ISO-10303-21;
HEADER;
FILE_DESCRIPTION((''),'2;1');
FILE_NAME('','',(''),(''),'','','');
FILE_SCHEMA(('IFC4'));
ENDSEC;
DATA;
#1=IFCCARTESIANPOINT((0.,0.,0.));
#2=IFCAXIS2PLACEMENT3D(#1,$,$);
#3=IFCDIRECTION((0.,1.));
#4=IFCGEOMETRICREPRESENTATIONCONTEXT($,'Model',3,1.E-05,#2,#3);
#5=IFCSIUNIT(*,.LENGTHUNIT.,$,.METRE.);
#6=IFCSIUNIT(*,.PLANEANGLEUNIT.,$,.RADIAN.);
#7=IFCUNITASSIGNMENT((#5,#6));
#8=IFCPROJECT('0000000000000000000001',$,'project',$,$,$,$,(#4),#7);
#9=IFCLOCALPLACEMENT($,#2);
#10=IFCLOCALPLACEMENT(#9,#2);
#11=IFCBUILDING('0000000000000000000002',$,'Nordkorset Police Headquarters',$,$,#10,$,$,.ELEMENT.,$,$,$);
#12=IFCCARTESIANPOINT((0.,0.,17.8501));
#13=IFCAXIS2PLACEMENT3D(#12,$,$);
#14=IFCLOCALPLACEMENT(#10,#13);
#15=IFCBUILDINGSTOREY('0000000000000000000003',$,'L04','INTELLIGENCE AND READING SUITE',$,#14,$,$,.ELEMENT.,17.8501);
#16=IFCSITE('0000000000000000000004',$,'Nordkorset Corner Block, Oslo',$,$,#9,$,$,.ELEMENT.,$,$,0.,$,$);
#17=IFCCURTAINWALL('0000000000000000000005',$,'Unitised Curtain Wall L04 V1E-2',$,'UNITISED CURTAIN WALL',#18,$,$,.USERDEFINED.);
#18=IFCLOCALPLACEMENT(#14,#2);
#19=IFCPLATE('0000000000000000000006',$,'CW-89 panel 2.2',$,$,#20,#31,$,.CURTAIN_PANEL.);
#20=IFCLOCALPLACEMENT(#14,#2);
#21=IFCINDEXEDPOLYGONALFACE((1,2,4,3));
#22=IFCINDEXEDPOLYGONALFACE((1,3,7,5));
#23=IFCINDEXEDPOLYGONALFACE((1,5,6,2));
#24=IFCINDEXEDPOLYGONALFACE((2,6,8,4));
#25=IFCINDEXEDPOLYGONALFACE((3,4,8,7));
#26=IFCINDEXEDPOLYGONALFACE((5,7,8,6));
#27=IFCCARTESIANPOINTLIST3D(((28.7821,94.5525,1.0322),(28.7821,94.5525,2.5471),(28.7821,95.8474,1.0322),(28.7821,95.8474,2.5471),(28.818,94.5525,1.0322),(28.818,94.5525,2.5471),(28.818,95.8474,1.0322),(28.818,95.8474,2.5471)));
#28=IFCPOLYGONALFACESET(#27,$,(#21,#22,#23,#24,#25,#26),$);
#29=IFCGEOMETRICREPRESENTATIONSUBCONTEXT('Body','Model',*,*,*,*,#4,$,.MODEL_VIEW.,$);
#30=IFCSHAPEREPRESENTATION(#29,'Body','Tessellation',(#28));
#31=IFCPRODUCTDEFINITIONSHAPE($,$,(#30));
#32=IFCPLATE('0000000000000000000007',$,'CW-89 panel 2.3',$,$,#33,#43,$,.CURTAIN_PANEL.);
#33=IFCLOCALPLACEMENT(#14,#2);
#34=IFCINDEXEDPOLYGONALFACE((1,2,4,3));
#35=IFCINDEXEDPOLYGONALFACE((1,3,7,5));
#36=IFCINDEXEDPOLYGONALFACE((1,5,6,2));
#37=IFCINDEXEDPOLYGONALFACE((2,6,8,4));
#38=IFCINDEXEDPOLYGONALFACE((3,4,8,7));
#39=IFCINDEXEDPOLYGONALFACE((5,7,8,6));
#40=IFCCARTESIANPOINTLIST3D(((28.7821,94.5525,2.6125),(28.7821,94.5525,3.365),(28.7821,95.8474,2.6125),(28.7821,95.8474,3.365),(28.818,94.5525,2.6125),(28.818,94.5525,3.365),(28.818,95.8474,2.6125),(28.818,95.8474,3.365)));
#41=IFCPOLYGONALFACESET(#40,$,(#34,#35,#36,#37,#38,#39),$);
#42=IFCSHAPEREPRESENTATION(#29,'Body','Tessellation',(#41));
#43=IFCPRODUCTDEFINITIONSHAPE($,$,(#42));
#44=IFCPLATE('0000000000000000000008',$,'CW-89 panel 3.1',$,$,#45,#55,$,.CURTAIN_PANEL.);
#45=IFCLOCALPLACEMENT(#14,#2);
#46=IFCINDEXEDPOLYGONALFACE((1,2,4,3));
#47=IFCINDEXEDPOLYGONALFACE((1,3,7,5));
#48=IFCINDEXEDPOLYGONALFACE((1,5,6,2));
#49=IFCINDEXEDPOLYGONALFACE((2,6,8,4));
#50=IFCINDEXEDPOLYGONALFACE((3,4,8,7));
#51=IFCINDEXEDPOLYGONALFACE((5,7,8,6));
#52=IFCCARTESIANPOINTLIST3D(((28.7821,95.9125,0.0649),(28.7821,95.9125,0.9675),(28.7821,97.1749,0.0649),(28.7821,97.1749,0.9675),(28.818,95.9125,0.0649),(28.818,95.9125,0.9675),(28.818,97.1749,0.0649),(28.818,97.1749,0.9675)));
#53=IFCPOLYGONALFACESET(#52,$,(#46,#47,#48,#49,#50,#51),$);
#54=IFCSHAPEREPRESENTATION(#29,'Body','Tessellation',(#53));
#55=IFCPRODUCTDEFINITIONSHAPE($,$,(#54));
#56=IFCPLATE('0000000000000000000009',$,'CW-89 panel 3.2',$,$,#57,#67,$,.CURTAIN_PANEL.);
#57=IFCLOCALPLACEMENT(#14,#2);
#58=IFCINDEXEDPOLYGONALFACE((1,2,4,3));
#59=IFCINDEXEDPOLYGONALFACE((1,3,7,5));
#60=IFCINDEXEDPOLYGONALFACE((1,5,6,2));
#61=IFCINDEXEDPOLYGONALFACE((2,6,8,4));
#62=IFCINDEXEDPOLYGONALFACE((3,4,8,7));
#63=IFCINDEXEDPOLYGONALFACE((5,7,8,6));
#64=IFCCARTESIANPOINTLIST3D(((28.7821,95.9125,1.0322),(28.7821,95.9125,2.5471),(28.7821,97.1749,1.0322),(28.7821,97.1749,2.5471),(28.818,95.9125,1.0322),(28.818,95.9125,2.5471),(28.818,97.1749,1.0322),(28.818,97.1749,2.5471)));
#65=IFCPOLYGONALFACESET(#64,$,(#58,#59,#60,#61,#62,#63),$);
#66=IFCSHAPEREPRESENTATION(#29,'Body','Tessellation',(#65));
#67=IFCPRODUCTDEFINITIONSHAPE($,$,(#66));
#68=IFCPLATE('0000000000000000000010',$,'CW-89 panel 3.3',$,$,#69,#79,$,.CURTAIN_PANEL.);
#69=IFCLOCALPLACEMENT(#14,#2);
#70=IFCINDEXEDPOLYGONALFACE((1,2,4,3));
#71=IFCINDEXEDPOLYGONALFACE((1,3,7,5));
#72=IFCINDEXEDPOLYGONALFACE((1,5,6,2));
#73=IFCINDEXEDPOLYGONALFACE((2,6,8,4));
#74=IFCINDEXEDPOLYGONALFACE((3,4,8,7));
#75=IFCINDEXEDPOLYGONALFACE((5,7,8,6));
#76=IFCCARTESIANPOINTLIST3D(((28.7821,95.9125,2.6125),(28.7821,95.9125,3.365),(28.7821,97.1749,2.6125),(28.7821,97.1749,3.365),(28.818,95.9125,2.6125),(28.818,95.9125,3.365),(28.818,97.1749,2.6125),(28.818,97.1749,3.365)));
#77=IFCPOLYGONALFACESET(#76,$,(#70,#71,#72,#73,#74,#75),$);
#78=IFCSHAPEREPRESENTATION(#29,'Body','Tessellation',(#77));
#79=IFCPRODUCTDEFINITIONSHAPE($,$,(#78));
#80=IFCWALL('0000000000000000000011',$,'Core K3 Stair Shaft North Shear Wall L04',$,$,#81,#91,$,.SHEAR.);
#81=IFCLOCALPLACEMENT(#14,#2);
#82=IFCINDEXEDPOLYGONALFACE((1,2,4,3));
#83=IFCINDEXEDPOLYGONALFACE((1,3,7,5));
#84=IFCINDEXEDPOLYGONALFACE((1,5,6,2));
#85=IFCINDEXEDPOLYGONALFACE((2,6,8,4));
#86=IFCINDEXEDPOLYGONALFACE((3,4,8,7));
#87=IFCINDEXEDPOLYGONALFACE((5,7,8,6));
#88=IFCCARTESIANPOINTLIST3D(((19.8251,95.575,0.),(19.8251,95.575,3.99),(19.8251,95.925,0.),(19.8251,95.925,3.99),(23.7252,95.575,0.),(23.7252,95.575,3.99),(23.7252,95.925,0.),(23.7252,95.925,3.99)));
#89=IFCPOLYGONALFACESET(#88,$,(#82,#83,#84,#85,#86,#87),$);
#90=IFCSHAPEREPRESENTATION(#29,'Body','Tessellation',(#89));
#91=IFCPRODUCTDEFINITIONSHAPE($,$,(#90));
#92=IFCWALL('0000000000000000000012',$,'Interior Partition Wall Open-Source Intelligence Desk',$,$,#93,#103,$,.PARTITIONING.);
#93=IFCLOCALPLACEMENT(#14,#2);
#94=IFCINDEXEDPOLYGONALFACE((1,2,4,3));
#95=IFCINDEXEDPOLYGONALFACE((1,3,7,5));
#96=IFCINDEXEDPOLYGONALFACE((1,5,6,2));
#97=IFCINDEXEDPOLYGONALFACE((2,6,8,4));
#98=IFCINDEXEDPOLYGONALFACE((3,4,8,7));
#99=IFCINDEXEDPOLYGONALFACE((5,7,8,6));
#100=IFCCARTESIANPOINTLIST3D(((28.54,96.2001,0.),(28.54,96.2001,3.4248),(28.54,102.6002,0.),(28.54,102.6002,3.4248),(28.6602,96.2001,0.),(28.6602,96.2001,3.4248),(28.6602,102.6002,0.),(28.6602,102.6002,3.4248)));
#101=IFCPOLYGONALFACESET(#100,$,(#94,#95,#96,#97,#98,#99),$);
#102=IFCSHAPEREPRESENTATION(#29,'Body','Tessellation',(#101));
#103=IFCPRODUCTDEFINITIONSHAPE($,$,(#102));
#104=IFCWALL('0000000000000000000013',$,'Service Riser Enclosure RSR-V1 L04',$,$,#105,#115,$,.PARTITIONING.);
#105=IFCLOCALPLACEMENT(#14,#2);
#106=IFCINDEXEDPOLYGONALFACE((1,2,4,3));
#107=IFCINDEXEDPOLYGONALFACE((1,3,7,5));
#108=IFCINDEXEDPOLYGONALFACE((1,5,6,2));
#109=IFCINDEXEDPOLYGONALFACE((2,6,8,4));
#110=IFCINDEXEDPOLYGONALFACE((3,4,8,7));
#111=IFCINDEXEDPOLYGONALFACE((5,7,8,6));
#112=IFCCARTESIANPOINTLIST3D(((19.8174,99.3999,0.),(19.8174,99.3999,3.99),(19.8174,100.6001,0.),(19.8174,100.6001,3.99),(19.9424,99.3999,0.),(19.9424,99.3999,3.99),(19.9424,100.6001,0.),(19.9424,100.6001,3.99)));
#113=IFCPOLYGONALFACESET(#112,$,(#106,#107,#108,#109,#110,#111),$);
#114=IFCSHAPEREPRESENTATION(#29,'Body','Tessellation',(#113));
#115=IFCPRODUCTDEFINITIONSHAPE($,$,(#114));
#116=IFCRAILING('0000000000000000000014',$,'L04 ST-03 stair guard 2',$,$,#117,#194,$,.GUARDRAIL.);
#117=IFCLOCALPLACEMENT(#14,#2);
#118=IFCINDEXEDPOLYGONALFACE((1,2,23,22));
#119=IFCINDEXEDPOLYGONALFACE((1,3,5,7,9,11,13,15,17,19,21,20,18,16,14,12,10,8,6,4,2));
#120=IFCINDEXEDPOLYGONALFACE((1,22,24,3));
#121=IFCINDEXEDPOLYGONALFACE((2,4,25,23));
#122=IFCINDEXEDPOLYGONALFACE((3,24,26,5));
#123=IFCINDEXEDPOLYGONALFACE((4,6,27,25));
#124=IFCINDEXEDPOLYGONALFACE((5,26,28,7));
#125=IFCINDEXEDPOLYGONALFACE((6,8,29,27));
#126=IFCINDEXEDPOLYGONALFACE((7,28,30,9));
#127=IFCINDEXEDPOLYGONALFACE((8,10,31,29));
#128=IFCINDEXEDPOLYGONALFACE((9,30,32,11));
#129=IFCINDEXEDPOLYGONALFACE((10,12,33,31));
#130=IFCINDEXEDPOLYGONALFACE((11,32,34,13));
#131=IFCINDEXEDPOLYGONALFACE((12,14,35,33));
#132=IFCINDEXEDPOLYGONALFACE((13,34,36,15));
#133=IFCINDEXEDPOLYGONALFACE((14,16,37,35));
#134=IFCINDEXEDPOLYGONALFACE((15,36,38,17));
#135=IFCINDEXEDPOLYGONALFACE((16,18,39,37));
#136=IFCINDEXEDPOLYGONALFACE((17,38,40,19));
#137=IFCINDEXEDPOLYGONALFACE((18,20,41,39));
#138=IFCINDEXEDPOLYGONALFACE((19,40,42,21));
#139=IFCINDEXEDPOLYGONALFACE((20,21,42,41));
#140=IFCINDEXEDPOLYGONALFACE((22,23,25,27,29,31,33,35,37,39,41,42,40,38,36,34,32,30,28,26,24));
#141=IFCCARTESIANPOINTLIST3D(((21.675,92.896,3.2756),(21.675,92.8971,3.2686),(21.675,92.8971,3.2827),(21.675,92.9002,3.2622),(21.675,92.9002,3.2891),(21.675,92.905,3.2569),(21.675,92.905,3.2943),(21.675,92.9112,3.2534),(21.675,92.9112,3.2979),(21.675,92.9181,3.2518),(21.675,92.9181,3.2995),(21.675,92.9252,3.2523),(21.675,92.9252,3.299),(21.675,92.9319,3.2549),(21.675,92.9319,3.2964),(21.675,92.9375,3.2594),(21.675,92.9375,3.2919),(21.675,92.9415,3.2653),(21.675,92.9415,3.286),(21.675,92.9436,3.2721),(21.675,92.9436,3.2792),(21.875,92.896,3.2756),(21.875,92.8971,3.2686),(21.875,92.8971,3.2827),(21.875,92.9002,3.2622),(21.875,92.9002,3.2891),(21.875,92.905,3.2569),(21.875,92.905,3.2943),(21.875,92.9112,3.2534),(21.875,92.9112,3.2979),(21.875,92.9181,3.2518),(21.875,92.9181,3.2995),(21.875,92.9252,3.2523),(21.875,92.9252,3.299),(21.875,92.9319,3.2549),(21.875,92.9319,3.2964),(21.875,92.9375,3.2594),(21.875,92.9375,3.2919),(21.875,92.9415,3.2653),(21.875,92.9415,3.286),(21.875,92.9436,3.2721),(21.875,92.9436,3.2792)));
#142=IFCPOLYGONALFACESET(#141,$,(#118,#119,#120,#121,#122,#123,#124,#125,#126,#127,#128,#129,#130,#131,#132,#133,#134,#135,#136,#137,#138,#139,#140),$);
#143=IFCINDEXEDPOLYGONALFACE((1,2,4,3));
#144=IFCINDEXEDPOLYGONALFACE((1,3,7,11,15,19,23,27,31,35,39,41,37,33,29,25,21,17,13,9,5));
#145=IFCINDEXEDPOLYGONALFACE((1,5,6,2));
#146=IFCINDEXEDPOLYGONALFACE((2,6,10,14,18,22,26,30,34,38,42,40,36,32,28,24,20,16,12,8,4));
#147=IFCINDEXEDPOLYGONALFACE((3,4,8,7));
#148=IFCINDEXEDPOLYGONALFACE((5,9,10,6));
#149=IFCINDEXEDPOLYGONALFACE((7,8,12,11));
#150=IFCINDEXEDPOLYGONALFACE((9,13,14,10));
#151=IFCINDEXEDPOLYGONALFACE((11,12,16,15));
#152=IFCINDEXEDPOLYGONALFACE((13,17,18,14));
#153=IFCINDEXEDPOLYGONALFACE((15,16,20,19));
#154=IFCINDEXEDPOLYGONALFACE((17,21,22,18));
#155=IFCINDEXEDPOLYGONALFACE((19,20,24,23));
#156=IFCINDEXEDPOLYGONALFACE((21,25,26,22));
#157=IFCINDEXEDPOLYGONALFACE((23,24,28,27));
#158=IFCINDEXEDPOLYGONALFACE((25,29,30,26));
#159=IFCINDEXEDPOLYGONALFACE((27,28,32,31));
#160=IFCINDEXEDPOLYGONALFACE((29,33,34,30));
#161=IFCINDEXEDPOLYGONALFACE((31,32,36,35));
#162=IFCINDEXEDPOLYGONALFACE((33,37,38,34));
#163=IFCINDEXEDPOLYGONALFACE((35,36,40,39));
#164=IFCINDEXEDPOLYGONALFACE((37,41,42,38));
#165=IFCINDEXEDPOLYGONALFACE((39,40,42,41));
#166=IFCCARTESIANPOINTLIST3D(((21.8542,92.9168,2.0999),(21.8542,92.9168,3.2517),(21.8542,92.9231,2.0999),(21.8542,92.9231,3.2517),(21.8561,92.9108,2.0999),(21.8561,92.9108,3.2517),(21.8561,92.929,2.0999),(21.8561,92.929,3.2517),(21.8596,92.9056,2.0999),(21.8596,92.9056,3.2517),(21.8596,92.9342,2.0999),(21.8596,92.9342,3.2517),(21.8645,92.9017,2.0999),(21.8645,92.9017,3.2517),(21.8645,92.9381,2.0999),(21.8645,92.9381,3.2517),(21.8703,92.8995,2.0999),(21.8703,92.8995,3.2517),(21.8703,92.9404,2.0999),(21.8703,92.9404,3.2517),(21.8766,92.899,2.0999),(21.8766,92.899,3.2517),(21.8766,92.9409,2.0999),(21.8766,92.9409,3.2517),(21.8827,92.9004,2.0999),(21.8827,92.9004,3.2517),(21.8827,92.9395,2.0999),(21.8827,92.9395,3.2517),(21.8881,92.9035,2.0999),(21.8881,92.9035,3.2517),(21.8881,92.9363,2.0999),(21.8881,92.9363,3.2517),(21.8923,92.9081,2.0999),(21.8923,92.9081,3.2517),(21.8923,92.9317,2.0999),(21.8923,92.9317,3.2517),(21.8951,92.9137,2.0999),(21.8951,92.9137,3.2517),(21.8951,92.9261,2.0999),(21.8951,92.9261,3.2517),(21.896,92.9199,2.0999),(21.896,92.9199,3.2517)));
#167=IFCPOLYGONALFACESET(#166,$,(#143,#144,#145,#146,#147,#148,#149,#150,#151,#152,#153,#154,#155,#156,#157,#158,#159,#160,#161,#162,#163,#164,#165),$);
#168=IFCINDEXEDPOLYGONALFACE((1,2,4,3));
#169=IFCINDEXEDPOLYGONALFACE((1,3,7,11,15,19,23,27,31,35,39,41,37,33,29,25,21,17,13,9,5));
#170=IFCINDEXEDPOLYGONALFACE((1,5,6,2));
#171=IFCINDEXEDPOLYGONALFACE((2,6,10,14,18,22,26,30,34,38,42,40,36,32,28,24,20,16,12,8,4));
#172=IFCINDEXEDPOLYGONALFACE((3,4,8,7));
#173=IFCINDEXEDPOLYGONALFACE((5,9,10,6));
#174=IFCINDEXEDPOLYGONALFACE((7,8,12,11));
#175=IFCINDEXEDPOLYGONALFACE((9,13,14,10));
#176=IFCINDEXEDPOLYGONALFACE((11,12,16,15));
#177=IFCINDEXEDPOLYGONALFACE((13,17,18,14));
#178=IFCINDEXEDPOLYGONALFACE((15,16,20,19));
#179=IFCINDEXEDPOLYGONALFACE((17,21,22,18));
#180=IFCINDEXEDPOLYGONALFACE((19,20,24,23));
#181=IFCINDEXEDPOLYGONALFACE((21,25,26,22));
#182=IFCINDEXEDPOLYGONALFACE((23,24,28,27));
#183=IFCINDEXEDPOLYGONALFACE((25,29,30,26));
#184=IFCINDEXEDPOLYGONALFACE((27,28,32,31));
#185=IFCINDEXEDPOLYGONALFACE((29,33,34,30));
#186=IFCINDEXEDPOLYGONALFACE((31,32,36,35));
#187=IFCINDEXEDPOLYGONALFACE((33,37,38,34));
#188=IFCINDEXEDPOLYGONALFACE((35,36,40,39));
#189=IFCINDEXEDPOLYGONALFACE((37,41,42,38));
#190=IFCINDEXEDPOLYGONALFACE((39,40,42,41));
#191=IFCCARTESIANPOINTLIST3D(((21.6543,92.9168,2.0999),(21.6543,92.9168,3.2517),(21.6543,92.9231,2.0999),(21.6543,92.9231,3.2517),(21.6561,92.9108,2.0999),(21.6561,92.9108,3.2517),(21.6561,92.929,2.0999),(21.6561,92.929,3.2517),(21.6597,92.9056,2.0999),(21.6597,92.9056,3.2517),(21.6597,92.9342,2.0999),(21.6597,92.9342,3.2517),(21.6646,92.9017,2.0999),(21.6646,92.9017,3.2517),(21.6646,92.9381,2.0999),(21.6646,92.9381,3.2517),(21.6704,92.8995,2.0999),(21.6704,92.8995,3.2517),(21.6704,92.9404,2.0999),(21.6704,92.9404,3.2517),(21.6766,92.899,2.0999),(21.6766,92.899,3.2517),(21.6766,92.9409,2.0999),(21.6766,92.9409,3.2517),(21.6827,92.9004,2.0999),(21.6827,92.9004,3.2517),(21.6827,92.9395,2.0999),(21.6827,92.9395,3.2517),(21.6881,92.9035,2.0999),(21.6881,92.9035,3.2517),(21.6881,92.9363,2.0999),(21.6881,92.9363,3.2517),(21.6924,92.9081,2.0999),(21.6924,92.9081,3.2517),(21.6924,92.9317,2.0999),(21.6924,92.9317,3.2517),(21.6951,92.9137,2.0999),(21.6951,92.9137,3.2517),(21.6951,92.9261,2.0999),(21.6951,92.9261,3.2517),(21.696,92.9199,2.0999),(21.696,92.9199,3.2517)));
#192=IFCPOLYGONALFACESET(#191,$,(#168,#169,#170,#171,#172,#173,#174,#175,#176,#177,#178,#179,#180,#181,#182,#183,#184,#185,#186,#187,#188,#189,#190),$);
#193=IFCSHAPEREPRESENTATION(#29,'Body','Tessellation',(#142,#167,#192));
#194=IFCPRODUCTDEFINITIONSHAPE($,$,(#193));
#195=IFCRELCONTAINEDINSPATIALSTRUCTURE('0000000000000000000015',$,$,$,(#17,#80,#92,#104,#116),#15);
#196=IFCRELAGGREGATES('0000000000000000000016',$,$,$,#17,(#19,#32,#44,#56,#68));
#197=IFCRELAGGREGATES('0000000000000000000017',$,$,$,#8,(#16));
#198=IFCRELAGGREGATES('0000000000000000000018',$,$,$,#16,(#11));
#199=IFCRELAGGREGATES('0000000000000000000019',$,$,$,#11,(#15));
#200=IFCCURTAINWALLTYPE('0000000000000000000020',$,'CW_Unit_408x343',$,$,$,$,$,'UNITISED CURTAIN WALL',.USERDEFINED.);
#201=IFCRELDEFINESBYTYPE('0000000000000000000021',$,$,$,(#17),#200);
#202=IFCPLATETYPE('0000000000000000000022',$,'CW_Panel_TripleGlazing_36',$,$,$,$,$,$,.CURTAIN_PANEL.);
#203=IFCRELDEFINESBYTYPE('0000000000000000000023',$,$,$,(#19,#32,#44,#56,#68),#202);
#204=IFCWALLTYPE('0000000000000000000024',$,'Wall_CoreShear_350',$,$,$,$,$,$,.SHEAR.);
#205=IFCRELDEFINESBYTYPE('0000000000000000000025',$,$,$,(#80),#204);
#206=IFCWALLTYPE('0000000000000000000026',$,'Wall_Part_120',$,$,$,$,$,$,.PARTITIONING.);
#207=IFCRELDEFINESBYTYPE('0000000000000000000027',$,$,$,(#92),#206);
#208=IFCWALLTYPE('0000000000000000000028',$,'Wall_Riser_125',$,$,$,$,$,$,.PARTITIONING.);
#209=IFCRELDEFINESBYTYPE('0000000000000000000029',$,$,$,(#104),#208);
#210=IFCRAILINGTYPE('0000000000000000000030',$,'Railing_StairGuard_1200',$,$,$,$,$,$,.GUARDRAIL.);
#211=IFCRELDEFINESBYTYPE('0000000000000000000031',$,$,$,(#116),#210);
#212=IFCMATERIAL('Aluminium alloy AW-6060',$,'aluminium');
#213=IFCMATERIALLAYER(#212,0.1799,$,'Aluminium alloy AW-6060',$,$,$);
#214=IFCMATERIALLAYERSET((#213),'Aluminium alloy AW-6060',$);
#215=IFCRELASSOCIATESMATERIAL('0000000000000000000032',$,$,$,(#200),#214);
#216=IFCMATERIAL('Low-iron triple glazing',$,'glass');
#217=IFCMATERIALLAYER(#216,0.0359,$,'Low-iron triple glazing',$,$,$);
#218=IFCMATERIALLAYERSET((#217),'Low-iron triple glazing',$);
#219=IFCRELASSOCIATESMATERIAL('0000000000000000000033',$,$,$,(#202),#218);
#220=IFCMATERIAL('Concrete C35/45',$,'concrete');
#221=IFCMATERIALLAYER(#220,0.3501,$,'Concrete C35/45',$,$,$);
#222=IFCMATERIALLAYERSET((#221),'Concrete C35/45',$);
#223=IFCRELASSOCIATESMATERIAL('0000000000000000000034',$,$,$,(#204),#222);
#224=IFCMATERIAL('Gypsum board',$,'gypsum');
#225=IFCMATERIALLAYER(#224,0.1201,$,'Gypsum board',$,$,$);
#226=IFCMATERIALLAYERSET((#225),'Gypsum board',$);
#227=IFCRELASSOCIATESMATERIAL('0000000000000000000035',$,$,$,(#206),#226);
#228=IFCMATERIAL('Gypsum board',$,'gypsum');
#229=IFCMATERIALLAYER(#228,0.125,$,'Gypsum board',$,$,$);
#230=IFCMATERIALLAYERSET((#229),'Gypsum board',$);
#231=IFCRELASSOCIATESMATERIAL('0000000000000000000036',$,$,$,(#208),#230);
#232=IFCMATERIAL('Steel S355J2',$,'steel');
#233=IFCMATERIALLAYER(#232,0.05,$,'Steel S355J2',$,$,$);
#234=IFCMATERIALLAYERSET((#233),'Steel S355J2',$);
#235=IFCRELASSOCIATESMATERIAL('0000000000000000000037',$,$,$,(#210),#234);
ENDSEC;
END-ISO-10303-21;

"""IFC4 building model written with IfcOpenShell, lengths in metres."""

from ifc_helpers import new_model, si_unit, direction, frame, frame_2d, origin, origin_2d, place, context, subcontext, project, spatial, rectangle, circle, extrude, material, layer, layer_set, type_object, element, aggregate, save


model = new_model("IFC4")

# Units and contexts
model_context = context("Model", 3, precision=1e-05, world=origin(), true_north=direction((0.0, 1.0)))
body_context = subcontext(model_context, "Body", "Model", "MODEL_VIEW")
ifc_project = project(units=[si_unit("LENGTHUNIT", "METRE"), si_unit("PLANEANGLEUNIT", "RADIAN")], contexts=[model_context])

# Site, building, storey
site_placement = place(None, origin())
site = spatial("IfcSite", under=ifc_project, at=site_placement, Name="Nordkorset Corner Block, Oslo", CompositionType="ELEMENT", RefElevation=0.0)
building_placement = place(site_placement, origin())
building = spatial("IfcBuilding", under=site, at=building_placement, Name="Nordkorset Police Headquarters", CompositionType="ELEMENT")
storey_placement = place(building_placement, frame((0.0, 0.0, 17.8501)))
storey = spatial("IfcBuildingStorey", under=building, at=storey_placement, Name="L04", Description="INTELLIGENCE AND READING SUITE", CompositionType="ELEMENT", Elevation=17.8501)

# Curtain wall
ifc_material_1 = material(Name="Aluminium alloy AW-6060", Category="aluminium")
ifc_layer_1 = layer(ifc_material_1, 0.1799, Name="Aluminium alloy AW-6060")
ifc_layer_set_1 = layer_set([ifc_layer_1], Name="Aluminium alloy AW-6060")
curtain_wall_type_1 = type_object("IfcCurtainWallType", Name="CW_Unit_408x343", ElementType="UNITISED CURTAIN WALL", PredefinedType="USERDEFINED", material=ifc_layer_set_1)
curtain_wall_1_placement = place(storey_placement, origin())
curtain_wall_1 = element("IfcCurtainWall", 1, at=curtain_wall_1_placement, inside=storey, type_object=curtain_wall_type_1, Name="Unitised Curtain Wall L04 V1E-2", ObjectType="UNITISED CURTAIN WALL", PredefinedType="USERDEFINED")

# Plates
ifc_material_2 = material(Name="Low-iron triple glazing", Category="glass")
ifc_layer_2 = layer(ifc_material_2, 0.0359, Name="Low-iron triple glazing")
ifc_layer_set_2 = layer_set([ifc_layer_2], Name="Low-iron triple glazing")
plate_type = type_object("IfcPlateType", Name="CW_Panel_TripleGlazing_36", PredefinedType="CURTAIN_PANEL", material=ifc_layer_set_2)
plate_1_placement = place(storey_placement, frame((28.8, 95.2, 1.0322), z_axis=(0.0, 0.0, 1.0), x_axis=(0.0, 1.0, 0.0)))
plate_1 = element("IfcPlate", 2, at=plate_1_placement, type_object=plate_type, Name="CW-89 panel 2.2", PredefinedType="CURTAIN_PANEL", context=body_context, shape_type="SweptSolid", body=[
    extrude(rectangle(XDim=1.2949, YDim=0.0359, at=origin_2d()), origin(), (0.0, 0.0, 1.0), 1.5149),
])
plate_2_placement = place(storey_placement, frame((28.8, 95.2, 2.6125), z_axis=(0.0, 0.0, 1.0), x_axis=(0.0, 1.0, 0.0)))
plate_2 = element("IfcPlate", 3, at=plate_2_placement, type_object=plate_type, Name="CW-89 panel 2.3", PredefinedType="CURTAIN_PANEL", context=body_context, shape_type="SweptSolid", body=[
    extrude(rectangle(XDim=1.2949, YDim=0.0359, at=origin_2d()), origin(), (0.0, 0.0, 1.0), 0.7524),
])
plate_3_placement = place(storey_placement, frame((28.8, 96.5437, 0.0649), z_axis=(0.0, 0.0, 1.0), x_axis=(0.0, 1.0, 0.0)))
plate_3 = element("IfcPlate", 4, at=plate_3_placement, type_object=plate_type, Name="CW-89 panel 3.1", PredefinedType="CURTAIN_PANEL", context=body_context, shape_type="SweptSolid", body=[
    extrude(rectangle(XDim=1.2625, YDim=0.0359, at=origin_2d()), origin(), (0.0, 0.0, 1.0), 0.9026),
])
plate_4_placement = place(storey_placement, frame((28.8, 96.5437, 1.0322), z_axis=(0.0, 0.0, 1.0), x_axis=(0.0, 1.0, 0.0)))
plate_4 = element("IfcPlate", 5, at=plate_4_placement, type_object=plate_type, Name="CW-89 panel 3.2", PredefinedType="CURTAIN_PANEL", context=body_context, shape_type="SweptSolid", body=[
    extrude(rectangle(XDim=1.2625, YDim=0.0359, at=origin_2d()), origin(), (0.0, 0.0, 1.0), 1.5149),
])
plate_5_placement = place(storey_placement, frame((28.8, 96.5437, 2.6125), z_axis=(0.0, 0.0, 1.0), x_axis=(0.0, 1.0, 0.0)))
plate_5 = element("IfcPlate", 6, at=plate_5_placement, type_object=plate_type, Name="CW-89 panel 3.3", PredefinedType="CURTAIN_PANEL", context=body_context, shape_type="SweptSolid", body=[
    extrude(rectangle(XDim=1.2625, YDim=0.0359, at=origin_2d()), origin(), (0.0, 0.0, 1.0), 0.7524),
])
aggregate(curtain_wall_1, [plate_1, plate_2, plate_3, plate_4, plate_5])

# Walls
ifc_material_3 = material(Name="Concrete C35/45", Category="concrete")
ifc_layer_3 = layer(ifc_material_3, 0.3501, Name="Concrete C35/45")
ifc_layer_set_3 = layer_set([ifc_layer_3], Name="Concrete C35/45")
wall_type_1 = type_object("IfcWallType", Name="Wall_CoreShear_350", PredefinedType="SHEAR", material=ifc_layer_set_3)
wall_1_placement = place(storey_placement, frame((19.825, 95.75, 0.0), z_axis=(0.0, 0.0, 1.0), x_axis=(1.0, 0.0, 0.0)))
element("IfcWall", 7, at=wall_1_placement, inside=storey, type_object=wall_type_1, Name="Core K3 Stair Shaft North Shear Wall L04", PredefinedType="SHEAR", context=body_context, shape_type="SweptSolid", body=[
    extrude(rectangle(XDim=3.9001, YDim=0.3501, at=frame_2d((1.9502, 0.0))), origin(), (0.0, 0.0, 1.0), 3.99),
])
ifc_material_4 = material(Name="Gypsum board", Category="gypsum")
ifc_layer_4 = layer(ifc_material_4, 0.1201, Name="Gypsum board")
ifc_layer_set_4 = layer_set([ifc_layer_4], Name="Gypsum board")
wall_type_2 = type_object("IfcWallType", Name="Wall_Part_120", PredefinedType="PARTITIONING", material=ifc_layer_set_4)
wall_2_placement = place(storey_placement, frame((28.6001, 96.2, 0.0), z_axis=(0.0, 0.0, 1.0), x_axis=(0.0, 1.0, 0.0)))
element("IfcWall", 8, at=wall_2_placement, inside=storey, type_object=wall_type_2, Name="Interior Partition Wall Open-Source Intelligence Desk", PredefinedType="PARTITIONING", context=body_context, shape_type="SweptSolid", body=[
    extrude(rectangle(XDim=6.4001, YDim=0.1201, at=frame_2d((3.2002, 0.0))), origin(), (0.0, 0.0, 1.0), 3.4248),
])
ifc_material_5 = material(Name="Gypsum board", Category="gypsum")
ifc_layer_5 = layer(ifc_material_5, 0.125, Name="Gypsum board")
ifc_layer_set_5 = layer_set([ifc_layer_5], Name="Gypsum board")
wall_type_3 = type_object("IfcWallType", Name="Wall_Riser_125", PredefinedType="PARTITIONING", material=ifc_layer_set_5)
wall_3_placement = place(storey_placement, frame((19.8799, 99.3999, 0.0), z_axis=(0.0, 0.0, 1.0), x_axis=(0.0, 1.0, 0.0)))
element("IfcWall", 9, at=wall_3_placement, inside=storey, type_object=wall_type_3, Name="Service Riser Enclosure RSR-V1 L04", PredefinedType="PARTITIONING", context=body_context, shape_type="SweptSolid", body=[
    extrude(rectangle(XDim=1.2002, YDim=0.125, at=frame_2d((0.6001, 0.0))), origin(), (0.0, 0.0, 1.0), 3.99),
])

# Railing
ifc_material_6 = material(Name="Steel S355J2", Category="steel")
ifc_layer_6 = layer(ifc_material_6, 0.05, Name="Steel S355J2")
ifc_layer_set_6 = layer_set([ifc_layer_6], Name="Steel S355J2")
railing_type = type_object("IfcRailingType", Name="Railing_StairGuard_1200", PredefinedType="GUARDRAIL", material=ifc_layer_set_6)
railing_1_placement = place(storey_placement, frame((21.875, 92.9199, 2.0999)))
element("IfcRailing", 10, at=railing_1_placement, inside=storey, type_object=railing_type, Name="L04 ST-03 stair guard 2", PredefinedType="GUARDRAIL", context=body_context, shape_type="SweptSolid", body=[
    extrude(circle(Radius=0.0239, at=origin_2d()), frame((0.0, 0.0, 1.1758), z_axis=(-1.0, 0.0, 0.0), x_axis=(0.0, -1.0, 0.0)), (0.0, 0.0, 1.0), 0.2),
    extrude(circle(Radius=0.021, at=origin_2d()), origin(), (0.0, 0.0, 1.0), 1.1519),
    extrude(circle(Radius=0.021, at=origin_2d()), frame((-0.2, 0.0, 0.0)), (0.0, 0.0, 1.0), 1.1519),
])

save(model, "model.ifc")
